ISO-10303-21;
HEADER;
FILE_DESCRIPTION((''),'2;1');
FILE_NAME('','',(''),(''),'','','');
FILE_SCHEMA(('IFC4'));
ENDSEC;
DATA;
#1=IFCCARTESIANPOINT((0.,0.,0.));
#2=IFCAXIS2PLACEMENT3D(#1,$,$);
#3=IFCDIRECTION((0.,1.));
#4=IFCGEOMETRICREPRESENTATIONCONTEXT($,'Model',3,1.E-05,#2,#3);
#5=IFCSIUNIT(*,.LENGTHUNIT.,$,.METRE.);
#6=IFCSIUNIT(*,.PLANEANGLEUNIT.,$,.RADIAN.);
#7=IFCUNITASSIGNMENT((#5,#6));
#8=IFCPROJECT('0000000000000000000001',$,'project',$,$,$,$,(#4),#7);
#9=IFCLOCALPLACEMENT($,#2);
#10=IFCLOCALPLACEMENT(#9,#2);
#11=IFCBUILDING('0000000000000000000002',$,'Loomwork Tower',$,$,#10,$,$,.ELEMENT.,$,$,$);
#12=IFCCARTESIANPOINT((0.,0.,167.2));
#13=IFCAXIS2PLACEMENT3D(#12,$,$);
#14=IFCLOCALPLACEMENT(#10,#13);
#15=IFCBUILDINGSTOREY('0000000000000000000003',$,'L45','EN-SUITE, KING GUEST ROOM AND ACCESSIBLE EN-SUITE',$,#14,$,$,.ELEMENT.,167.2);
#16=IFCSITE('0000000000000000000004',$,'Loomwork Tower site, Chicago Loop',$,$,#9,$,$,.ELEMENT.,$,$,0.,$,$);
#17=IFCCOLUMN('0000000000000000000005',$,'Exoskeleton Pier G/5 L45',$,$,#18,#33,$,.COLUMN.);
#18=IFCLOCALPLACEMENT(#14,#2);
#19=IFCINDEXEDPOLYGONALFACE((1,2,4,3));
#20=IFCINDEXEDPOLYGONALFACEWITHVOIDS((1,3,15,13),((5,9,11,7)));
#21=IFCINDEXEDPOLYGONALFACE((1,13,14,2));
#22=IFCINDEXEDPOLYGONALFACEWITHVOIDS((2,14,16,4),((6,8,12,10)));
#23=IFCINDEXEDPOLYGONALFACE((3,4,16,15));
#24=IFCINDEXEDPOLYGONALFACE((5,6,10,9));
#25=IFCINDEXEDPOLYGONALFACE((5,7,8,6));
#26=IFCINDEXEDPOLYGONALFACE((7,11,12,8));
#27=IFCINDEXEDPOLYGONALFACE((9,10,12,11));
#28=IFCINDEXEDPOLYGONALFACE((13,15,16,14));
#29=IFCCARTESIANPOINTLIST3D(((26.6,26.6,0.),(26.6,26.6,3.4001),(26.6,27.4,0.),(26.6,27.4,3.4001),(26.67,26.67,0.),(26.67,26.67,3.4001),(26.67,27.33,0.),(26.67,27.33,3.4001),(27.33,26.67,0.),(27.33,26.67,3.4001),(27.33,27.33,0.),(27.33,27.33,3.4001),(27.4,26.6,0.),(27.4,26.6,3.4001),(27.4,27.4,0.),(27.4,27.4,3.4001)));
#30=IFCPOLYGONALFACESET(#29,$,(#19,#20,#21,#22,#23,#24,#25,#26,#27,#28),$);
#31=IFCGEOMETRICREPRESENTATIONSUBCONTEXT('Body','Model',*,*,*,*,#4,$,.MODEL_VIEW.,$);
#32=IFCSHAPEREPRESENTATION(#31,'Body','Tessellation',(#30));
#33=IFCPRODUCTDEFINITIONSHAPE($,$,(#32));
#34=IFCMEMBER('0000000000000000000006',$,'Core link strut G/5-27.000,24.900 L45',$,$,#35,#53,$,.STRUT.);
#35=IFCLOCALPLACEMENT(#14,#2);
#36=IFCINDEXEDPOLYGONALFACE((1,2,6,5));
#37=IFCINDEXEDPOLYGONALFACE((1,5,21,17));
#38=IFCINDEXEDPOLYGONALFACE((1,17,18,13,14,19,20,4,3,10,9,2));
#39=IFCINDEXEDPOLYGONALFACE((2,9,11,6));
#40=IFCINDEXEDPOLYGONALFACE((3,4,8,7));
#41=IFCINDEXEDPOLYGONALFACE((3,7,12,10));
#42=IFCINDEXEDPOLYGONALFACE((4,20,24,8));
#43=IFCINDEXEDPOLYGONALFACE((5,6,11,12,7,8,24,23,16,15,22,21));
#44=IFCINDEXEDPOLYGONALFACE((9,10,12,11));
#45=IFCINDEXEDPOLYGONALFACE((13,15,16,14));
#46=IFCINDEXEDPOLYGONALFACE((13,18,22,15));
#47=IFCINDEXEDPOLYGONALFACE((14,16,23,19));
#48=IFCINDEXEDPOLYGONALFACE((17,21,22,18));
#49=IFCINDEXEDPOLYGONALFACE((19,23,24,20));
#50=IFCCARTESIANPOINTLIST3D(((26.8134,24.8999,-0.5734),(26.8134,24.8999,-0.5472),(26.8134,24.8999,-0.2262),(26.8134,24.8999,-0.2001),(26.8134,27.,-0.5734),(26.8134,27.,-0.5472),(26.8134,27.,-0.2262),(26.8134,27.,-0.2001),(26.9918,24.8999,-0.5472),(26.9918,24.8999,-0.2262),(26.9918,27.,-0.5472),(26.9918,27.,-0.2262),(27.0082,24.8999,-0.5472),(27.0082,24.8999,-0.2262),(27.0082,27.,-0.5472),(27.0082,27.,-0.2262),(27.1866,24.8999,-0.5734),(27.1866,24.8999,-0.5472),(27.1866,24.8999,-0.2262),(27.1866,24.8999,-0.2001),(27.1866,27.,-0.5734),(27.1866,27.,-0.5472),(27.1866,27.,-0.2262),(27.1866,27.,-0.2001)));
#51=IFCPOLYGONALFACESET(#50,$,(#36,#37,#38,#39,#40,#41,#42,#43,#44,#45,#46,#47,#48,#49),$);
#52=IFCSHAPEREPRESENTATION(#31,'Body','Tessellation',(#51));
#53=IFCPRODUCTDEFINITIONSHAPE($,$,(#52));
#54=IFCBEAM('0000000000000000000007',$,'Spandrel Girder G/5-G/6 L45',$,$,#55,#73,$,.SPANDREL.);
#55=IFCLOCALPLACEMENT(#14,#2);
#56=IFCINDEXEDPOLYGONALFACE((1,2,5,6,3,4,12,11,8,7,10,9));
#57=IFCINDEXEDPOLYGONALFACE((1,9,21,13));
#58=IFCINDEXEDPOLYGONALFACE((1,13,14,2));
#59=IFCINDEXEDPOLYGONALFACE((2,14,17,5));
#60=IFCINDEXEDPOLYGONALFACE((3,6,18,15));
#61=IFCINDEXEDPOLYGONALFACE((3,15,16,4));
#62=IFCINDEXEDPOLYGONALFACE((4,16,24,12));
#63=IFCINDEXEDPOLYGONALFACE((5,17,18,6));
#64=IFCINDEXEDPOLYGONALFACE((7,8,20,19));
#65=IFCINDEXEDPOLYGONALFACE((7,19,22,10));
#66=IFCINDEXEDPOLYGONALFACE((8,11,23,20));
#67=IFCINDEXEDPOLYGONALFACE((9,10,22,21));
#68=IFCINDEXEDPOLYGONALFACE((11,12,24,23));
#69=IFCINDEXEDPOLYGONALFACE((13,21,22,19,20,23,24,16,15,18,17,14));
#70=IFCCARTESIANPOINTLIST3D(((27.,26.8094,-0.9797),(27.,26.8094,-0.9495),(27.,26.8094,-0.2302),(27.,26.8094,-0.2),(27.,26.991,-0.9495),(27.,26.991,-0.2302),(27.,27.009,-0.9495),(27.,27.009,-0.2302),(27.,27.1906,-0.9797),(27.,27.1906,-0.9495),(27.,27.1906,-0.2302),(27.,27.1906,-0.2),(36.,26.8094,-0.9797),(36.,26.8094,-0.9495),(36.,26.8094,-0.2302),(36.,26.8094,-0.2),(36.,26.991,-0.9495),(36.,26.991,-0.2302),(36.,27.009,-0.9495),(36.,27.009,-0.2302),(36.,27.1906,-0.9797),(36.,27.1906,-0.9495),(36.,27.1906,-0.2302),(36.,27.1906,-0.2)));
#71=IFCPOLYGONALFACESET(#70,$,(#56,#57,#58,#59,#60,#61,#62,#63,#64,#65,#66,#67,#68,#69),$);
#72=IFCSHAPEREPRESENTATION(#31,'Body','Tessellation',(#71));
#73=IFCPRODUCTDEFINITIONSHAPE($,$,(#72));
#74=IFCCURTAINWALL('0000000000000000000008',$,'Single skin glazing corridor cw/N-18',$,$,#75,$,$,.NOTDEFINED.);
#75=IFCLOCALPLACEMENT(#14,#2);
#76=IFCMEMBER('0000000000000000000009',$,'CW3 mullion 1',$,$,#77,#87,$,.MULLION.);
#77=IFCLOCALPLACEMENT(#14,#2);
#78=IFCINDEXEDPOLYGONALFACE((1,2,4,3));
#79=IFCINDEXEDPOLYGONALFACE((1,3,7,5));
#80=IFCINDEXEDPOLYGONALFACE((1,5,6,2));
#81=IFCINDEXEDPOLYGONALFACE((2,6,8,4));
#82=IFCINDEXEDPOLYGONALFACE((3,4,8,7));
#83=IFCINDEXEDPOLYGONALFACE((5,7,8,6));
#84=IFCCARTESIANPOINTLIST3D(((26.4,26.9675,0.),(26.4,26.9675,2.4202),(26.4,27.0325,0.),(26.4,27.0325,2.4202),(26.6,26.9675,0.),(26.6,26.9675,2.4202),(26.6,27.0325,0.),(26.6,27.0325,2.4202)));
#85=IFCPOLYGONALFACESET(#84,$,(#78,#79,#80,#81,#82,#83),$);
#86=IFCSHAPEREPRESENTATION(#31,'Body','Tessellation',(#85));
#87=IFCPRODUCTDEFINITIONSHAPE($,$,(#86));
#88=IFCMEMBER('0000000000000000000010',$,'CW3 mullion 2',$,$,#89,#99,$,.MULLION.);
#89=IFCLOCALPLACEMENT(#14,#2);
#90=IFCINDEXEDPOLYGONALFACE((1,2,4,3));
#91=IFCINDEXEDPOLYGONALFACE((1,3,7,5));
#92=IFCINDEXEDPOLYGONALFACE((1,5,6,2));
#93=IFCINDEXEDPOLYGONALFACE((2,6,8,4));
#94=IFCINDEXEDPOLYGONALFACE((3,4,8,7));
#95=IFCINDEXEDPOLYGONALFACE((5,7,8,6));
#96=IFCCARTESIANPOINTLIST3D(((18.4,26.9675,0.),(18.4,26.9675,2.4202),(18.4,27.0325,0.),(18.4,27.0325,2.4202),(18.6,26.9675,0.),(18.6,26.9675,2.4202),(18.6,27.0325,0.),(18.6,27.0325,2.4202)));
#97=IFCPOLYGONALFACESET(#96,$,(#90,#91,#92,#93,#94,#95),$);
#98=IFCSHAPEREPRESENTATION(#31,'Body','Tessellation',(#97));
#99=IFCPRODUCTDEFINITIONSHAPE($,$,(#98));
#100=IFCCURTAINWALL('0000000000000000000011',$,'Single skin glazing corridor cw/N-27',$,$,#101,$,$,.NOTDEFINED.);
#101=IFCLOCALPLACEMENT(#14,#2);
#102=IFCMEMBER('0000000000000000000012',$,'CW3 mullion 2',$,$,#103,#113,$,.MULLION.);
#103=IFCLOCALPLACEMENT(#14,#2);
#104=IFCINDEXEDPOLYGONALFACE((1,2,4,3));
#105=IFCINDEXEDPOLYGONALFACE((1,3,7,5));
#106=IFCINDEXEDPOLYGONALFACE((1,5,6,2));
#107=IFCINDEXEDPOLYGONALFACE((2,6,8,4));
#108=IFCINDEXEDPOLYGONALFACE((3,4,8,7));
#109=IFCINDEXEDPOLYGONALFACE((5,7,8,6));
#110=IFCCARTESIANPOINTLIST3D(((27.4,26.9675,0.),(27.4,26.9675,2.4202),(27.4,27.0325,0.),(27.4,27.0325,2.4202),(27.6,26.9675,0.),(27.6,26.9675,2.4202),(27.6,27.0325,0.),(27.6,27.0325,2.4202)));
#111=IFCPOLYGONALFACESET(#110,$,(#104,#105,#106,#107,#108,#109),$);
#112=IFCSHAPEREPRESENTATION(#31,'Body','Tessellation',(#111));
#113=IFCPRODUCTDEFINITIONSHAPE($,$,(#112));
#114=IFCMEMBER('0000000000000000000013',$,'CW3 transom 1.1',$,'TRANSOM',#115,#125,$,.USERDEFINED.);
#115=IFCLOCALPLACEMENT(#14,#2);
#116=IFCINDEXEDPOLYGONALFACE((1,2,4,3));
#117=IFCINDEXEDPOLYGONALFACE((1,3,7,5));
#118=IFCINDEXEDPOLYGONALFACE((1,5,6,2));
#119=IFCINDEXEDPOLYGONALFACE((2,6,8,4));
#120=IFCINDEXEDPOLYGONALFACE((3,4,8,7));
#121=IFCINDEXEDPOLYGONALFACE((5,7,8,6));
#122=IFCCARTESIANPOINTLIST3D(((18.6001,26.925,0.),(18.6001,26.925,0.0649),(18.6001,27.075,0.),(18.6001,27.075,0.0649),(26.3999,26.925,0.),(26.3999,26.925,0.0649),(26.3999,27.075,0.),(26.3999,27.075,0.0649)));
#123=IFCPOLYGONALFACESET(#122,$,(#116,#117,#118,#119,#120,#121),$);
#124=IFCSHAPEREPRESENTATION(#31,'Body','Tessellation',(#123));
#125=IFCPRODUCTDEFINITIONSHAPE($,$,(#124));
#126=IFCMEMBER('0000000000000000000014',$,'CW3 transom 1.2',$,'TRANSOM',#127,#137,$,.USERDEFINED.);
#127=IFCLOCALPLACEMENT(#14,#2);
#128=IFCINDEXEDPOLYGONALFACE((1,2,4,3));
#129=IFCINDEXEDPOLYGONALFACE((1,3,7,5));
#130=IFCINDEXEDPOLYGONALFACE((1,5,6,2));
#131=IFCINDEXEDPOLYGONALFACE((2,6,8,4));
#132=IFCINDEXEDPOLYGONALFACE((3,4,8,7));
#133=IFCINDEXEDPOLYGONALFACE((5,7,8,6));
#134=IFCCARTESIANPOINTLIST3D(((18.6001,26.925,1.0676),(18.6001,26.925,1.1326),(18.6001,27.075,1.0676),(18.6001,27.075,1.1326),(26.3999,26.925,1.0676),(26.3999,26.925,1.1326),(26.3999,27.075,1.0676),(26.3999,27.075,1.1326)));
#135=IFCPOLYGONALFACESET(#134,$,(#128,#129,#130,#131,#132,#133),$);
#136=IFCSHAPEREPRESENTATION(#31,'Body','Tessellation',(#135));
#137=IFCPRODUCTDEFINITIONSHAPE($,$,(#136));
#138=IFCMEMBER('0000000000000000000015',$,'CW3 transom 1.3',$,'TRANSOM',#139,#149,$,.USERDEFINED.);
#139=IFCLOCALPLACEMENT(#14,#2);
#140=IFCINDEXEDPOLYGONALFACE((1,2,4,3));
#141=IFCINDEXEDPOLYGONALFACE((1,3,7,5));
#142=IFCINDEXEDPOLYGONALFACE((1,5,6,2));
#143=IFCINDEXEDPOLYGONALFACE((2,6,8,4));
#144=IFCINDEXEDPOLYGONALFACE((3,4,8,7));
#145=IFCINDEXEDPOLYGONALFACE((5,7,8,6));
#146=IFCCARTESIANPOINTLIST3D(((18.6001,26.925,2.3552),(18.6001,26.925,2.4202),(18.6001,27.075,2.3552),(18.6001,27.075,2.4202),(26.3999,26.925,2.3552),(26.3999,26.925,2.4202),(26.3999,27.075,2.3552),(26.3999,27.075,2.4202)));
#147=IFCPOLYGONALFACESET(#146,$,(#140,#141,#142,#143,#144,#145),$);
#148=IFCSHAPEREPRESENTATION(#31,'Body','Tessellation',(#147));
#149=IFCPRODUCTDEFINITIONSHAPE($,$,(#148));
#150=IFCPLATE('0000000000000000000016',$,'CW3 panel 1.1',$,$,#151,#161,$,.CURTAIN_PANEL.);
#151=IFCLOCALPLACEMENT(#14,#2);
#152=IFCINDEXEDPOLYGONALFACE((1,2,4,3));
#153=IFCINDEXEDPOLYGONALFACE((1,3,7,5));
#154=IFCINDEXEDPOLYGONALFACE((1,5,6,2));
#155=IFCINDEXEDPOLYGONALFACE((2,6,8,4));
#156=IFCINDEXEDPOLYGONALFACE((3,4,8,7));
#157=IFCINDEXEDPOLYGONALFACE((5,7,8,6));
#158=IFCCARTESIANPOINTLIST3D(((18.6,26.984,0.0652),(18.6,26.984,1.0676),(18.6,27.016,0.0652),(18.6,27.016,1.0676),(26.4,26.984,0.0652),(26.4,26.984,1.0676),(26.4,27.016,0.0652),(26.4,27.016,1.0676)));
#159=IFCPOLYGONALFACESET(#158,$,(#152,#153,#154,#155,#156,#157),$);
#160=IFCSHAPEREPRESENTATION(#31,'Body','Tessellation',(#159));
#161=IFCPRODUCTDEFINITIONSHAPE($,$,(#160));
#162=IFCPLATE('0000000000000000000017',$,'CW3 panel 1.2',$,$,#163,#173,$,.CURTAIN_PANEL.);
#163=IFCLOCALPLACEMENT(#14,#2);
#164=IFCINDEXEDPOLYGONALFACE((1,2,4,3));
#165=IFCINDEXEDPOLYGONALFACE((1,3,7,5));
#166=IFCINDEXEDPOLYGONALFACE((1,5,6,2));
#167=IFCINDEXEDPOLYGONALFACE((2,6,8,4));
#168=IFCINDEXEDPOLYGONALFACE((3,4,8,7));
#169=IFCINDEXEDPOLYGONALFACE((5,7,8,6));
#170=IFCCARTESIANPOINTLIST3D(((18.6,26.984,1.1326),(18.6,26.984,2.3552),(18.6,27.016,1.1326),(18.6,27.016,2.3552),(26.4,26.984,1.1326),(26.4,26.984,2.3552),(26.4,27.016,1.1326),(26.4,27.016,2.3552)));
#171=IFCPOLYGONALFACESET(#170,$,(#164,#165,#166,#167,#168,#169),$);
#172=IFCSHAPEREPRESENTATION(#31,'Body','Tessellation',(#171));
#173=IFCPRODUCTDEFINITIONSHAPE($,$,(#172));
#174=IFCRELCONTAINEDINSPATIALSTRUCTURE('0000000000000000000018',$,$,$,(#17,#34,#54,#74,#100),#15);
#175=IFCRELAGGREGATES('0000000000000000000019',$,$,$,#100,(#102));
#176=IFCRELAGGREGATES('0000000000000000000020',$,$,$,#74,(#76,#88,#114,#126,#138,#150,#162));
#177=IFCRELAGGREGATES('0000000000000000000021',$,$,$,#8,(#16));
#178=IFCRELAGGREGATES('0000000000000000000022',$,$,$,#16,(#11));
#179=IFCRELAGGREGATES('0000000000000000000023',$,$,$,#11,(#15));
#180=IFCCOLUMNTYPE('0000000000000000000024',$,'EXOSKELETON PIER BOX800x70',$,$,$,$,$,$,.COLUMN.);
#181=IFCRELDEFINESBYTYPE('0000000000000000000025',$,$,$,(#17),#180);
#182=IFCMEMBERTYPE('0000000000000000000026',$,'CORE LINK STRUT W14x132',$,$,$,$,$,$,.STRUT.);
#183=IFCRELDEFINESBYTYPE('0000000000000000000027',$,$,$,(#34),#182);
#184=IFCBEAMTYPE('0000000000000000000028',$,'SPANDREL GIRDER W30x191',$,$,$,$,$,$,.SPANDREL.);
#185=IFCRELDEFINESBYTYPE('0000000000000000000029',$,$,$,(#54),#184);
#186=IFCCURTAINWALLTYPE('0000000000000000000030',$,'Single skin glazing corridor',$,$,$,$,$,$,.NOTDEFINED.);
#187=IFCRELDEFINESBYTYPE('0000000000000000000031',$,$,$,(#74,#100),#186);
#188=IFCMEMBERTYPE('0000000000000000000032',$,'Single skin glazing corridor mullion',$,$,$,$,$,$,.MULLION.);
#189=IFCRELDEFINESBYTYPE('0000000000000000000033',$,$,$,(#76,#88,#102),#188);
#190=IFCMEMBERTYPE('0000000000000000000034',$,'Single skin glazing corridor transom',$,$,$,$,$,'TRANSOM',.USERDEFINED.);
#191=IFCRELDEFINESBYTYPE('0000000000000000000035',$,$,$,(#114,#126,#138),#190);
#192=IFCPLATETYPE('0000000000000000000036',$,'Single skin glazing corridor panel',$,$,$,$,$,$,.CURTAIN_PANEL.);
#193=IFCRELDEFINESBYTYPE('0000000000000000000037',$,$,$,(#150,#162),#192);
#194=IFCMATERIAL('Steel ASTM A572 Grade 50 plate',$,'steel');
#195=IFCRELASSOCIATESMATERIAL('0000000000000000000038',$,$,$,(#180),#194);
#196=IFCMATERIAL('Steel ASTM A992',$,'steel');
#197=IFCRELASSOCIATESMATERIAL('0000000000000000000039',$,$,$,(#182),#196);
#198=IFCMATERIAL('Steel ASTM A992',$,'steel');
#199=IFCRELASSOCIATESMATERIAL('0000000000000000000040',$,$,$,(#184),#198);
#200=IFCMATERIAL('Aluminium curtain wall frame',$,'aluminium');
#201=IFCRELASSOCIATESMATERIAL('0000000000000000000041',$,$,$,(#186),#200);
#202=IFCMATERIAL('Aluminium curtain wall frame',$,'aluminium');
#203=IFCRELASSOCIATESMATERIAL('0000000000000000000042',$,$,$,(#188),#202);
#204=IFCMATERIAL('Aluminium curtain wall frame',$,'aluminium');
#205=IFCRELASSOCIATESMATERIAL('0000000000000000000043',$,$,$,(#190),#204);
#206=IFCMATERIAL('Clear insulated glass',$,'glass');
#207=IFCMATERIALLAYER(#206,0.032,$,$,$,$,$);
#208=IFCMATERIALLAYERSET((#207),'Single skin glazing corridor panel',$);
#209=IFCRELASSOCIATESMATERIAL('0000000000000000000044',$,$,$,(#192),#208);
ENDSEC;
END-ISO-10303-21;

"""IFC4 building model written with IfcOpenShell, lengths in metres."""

from ifc_helpers import new_model, si_unit, direction, frame, origin, origin_2d, place, context, subcontext, project, spatial, rectangle, hollow_rectangle, i_section, extrude, material, layer, layer_set, material_profile, profile_set, type_object, element, aggregate, save


model = new_model("IFC4")

# Units and contexts
model_context = context("Model", 3, precision=1e-05, world=origin(), true_north=direction((0.0, 1.0)))
body_context = subcontext(model_context, "Body", "Model", "MODEL_VIEW")
ifc_project = project(units=[si_unit("LENGTHUNIT", "METRE"), si_unit("PLANEANGLEUNIT", "RADIAN")], contexts=[model_context])

# Site, building, storey
site_placement = place(None, origin())
site = spatial("IfcSite", under=ifc_project, at=site_placement, Name="Loomwork Tower site, Chicago Loop", CompositionType="ELEMENT", RefElevation=0.0)
building_placement = place(site_placement, origin())
building = spatial("IfcBuilding", under=site, at=building_placement, Name="Loomwork Tower", CompositionType="ELEMENT")
storey_placement = place(building_placement, frame((0.0, 0.0, 167.2)))
storey = spatial("IfcBuildingStorey", under=building, at=storey_placement, Name="L45", Description="EN-SUITE, KING GUEST ROOM AND ACCESSIBLE EN-SUITE", CompositionType="ELEMENT", Elevation=167.2)

# Column
ifc_material_1 = material(Name="Steel ASTM A572 Grade 50 plate", Category="steel")
ifc_material_profile_1 = material_profile(ifc_material_1, hollow_rectangle(XDim=0.8, YDim=0.8, WallThickness=0.0701, at=origin_2d()), Name="BOX800x70")
ifc_profile_set_1 = profile_set([ifc_material_profile_1], Name="Steel ASTM A572 Grade 50 plate")
column_type = type_object("IfcColumnType", Name="EXOSKELETON PIER BOX800x70", PredefinedType="COLUMN", material=ifc_profile_set_1)
column_placement = place(storey_placement, frame((27.0, 27.0, 0.0), z_axis=(0.0, 0.0, 1.0), x_axis=(1.0, 0.0, 0.0)))
element("IfcColumn", 1, at=column_placement, inside=storey, type_object=column_type, Name="Exoskeleton Pier G/5 L45", PredefinedType="COLUMN", context=body_context, shape_type="SweptSolid", body=[
    extrude(hollow_rectangle(XDim=0.8, YDim=0.8, WallThickness=0.0701, at=origin_2d()), origin(), (0.0, 0.0, 1.0), 3.4001),
])

# Member
ifc_material_2 = material(Name="Steel ASTM A992", Category="steel")
ifc_material_profile_2 = material_profile(ifc_material_2, i_section(OverallWidth=0.3733, OverallDepth=0.3733, WebThickness=0.0164, FlangeThickness=0.0261, at=origin_2d()), Name="W14x132")
ifc_profile_set_2 = profile_set([ifc_material_profile_2], Name="Steel ASTM A992")
member_type_1 = type_object("IfcMemberType", Name="CORE LINK STRUT W14x132", PredefinedType="STRUT", material=ifc_profile_set_2)
member_1_placement = place(storey_placement, frame((27.0, 27.0, -0.3867), z_axis=(0.0, -1.0, 0.0), x_axis=(1.0, 0.0, 0.0)))
element("IfcMember", 2, at=member_1_placement, inside=storey, type_object=member_type_1, Name="Core link strut G/5-27.000,24.900 L45", PredefinedType="STRUT", context=body_context, shape_type="SweptSolid", body=[
    extrude(i_section(OverallWidth=0.3733, OverallDepth=0.3733, WebThickness=0.0164, FlangeThickness=0.0261, at=origin_2d()), origin(), (0.0, 0.0, 1.0), 2.1001),
])

# Beam
ifc_material_3 = material(Name="Steel ASTM A992", Category="steel")
ifc_material_profile_3 = material_profile(ifc_material_3, i_section(OverallWidth=0.3811, OverallDepth=0.7798, WebThickness=0.0181, FlangeThickness=0.0303, at=origin_2d()), Name="W30x191")
ifc_profile_set_3 = profile_set([ifc_material_profile_3], Name="Steel ASTM A992")
beam_type = type_object("IfcBeamType", Name="SPANDREL GIRDER W30x191", PredefinedType="SPANDREL", material=ifc_profile_set_3)
beam_placement = place(storey_placement, frame((27.0, 27.0, -0.5898), z_axis=(1.0, 0.0, 0.0), x_axis=(0.0, 1.0, 0.0)))
element("IfcBeam", 3, at=beam_placement, inside=storey, type_object=beam_type, Name="Spandrel Girder G/5-G/6 L45", PredefinedType="SPANDREL", context=body_context, shape_type="SweptSolid", body=[
    extrude(i_section(OverallWidth=0.3811, OverallDepth=0.7798, WebThickness=0.0181, FlangeThickness=0.0303, at=origin_2d()), origin(), (0.0, 0.0, 1.0), 9.0),
])

# Curtain wall, members
ifc_material_4 = material(Name="Aluminium curtain wall frame", Category="aluminium")
curtain_wall_type = type_object("IfcCurtainWallType", Name="Single skin glazing corridor", PredefinedType="NOTDEFINED", material=ifc_material_4)
curtain_wall_1_placement = place(storey_placement, origin())
curtain_wall_1 = element("IfcCurtainWall", 4, at=curtain_wall_1_placement, inside=storey, type_object=curtain_wall_type, Name="Single skin glazing corridor cw/N-18", PredefinedType="NOTDEFINED")
ifc_material_5 = material(Name="Aluminium curtain wall frame", Category="aluminium")
ifc_material_profile_4 = material_profile(ifc_material_5, rectangle(XDim=0.0649, YDim=0.2, at=origin_2d()), Name="AL 65x200")
ifc_profile_set_4 = profile_set([ifc_material_profile_4], Name="Aluminium curtain wall frame")
member_type_2 = type_object("IfcMemberType", Name="Single skin glazing corridor mullion", PredefinedType="MULLION", material=ifc_profile_set_4)
member_2_placement = place(storey_placement, frame((26.5, 27.0, 0.0), z_axis=(0.0, 0.0, 1.0), x_axis=(0.0, -1.0, 0.0)))
member_2 = element("IfcMember", 5, at=member_2_placement, type_object=member_type_2, Name="CW3 mullion 1", PredefinedType="MULLION", context=body_context, shape_type="SweptSolid", body=[
    extrude(rectangle(XDim=0.0649, YDim=0.2, at=origin_2d()), origin(), (0.0, 0.0, 1.0), 2.4202),
])
member_3_placement = place(storey_placement, frame((18.5, 27.0, 0.0), z_axis=(0.0, 0.0, 1.0), x_axis=(0.0, -1.0, 0.0)))
member_3 = element("IfcMember", 6, at=member_3_placement, type_object=member_type_2, Name="CW3 mullion 2", PredefinedType="MULLION", context=body_context, shape_type="SweptSolid", body=[
    extrude(rectangle(XDim=0.0649, YDim=0.2, at=origin_2d()), origin(), (0.0, 0.0, 1.0), 2.4202),
])

# Curtain wall, member
curtain_wall_2_placement = place(storey_placement, origin())
curtain_wall_2 = element("IfcCurtainWall", 7, at=curtain_wall_2_placement, inside=storey, type_object=curtain_wall_type, Name="Single skin glazing corridor cw/N-27", PredefinedType="NOTDEFINED")
member_4_placement = place(storey_placement, frame((27.5, 27.0, 0.0), z_axis=(0.0, 0.0, 1.0), x_axis=(0.0, -1.0, 0.0)))
member_4 = element("IfcMember", 8, at=member_4_placement, type_object=member_type_2, Name="CW3 mullion 2", PredefinedType="MULLION", context=body_context, shape_type="SweptSolid", body=[
    extrude(rectangle(XDim=0.0649, YDim=0.2, at=origin_2d()), origin(), (0.0, 0.0, 1.0), 2.4202),
])
aggregate(curtain_wall_2, [member_4])

# Members
ifc_material_6 = material(Name="Aluminium curtain wall frame", Category="aluminium")
ifc_material_profile_5 = material_profile(ifc_material_6, rectangle(XDim=0.1499, YDim=0.0649, at=origin_2d()), Name="AL 65x150")
ifc_profile_set_5 = profile_set([ifc_material_profile_5], Name="Aluminium curtain wall frame")
member_type_3 = type_object("IfcMemberType", Name="Single skin glazing corridor transom", ElementType="TRANSOM", PredefinedType="USERDEFINED", material=ifc_profile_set_5)
member_5_placement = place(storey_placement, frame((26.3999, 27.0, 0.0325), z_axis=(-1.0, 0.0, 0.0), x_axis=(0.0, -1.0, 0.0)))
member_5 = element("IfcMember", 9, at=member_5_placement, type_object=member_type_3, Name="CW3 transom 1.1", ObjectType="TRANSOM", PredefinedType="USERDEFINED", context=body_context, shape_type="SweptSolid", body=[
    extrude(rectangle(XDim=0.1499, YDim=0.0649, at=origin_2d()), origin(), (0.0, 0.0, 1.0), 7.7998),
])
member_6_placement = place(storey_placement, frame((26.3999, 27.0, 1.1001), z_axis=(-1.0, 0.0, 0.0), x_axis=(0.0, -1.0, 0.0)))
member_6 = element("IfcMember", 10, at=member_6_placement, type_object=member_type_3, Name="CW3 transom 1.2", ObjectType="TRANSOM", PredefinedType="USERDEFINED", context=body_context, shape_type="SweptSolid", body=[
    extrude(rectangle(XDim=0.1499, YDim=0.0649, at=origin_2d()), origin(), (0.0, 0.0, 1.0), 7.7998),
])
member_7_placement = place(storey_placement, frame((26.3999, 27.0, 2.3877), z_axis=(-1.0, 0.0, 0.0), x_axis=(0.0, -1.0, 0.0)))
member_7 = element("IfcMember", 11, at=member_7_placement, type_object=member_type_3, Name="CW3 transom 1.3", ObjectType="TRANSOM", PredefinedType="USERDEFINED", context=body_context, shape_type="SweptSolid", body=[
    extrude(rectangle(XDim=0.1499, YDim=0.0649, at=origin_2d()), origin(), (0.0, 0.0, 1.0), 7.7998),
])

# Plates
ifc_material_7 = material(Name="Clear insulated glass", Category="glass")
ifc_layer_1 = layer(ifc_material_7, 0.032)
ifc_layer_set_1 = layer_set([ifc_layer_1], Name="Single skin glazing corridor panel")
plate_type = type_object("IfcPlateType", Name="Single skin glazing corridor panel", PredefinedType="CURTAIN_PANEL", material=ifc_layer_set_1)
plate_1_placement = place(storey_placement, frame((22.5, 27.0, 0.0652), z_axis=(0.0, 0.0, 1.0), x_axis=(-1.0, 0.0, 0.0)))
plate_1 = element("IfcPlate", 12, at=plate_1_placement, type_object=plate_type, Name="CW3 panel 1.1", PredefinedType="CURTAIN_PANEL", context=body_context, shape_type="SweptSolid", body=[
    extrude(rectangle(XDim=7.8, YDim=0.032, at=origin_2d()), origin(), (0.0, 0.0, 1.0), 1.0024),
])
plate_2_placement = place(storey_placement, frame((22.5, 27.0, 1.1326), z_axis=(0.0, 0.0, 1.0), x_axis=(-1.0, 0.0, 0.0)))
plate_2 = element("IfcPlate", 13, at=plate_2_placement, type_object=plate_type, Name="CW3 panel 1.2", PredefinedType="CURTAIN_PANEL", context=body_context, shape_type="SweptSolid", body=[
    extrude(rectangle(XDim=7.8, YDim=0.032, at=origin_2d()), origin(), (0.0, 0.0, 1.0), 1.2227),
])
aggregate(curtain_wall_1, [member_2, member_3, member_5, member_6, member_7, plate_1, plate_2])

save(model, "model.ifc")
